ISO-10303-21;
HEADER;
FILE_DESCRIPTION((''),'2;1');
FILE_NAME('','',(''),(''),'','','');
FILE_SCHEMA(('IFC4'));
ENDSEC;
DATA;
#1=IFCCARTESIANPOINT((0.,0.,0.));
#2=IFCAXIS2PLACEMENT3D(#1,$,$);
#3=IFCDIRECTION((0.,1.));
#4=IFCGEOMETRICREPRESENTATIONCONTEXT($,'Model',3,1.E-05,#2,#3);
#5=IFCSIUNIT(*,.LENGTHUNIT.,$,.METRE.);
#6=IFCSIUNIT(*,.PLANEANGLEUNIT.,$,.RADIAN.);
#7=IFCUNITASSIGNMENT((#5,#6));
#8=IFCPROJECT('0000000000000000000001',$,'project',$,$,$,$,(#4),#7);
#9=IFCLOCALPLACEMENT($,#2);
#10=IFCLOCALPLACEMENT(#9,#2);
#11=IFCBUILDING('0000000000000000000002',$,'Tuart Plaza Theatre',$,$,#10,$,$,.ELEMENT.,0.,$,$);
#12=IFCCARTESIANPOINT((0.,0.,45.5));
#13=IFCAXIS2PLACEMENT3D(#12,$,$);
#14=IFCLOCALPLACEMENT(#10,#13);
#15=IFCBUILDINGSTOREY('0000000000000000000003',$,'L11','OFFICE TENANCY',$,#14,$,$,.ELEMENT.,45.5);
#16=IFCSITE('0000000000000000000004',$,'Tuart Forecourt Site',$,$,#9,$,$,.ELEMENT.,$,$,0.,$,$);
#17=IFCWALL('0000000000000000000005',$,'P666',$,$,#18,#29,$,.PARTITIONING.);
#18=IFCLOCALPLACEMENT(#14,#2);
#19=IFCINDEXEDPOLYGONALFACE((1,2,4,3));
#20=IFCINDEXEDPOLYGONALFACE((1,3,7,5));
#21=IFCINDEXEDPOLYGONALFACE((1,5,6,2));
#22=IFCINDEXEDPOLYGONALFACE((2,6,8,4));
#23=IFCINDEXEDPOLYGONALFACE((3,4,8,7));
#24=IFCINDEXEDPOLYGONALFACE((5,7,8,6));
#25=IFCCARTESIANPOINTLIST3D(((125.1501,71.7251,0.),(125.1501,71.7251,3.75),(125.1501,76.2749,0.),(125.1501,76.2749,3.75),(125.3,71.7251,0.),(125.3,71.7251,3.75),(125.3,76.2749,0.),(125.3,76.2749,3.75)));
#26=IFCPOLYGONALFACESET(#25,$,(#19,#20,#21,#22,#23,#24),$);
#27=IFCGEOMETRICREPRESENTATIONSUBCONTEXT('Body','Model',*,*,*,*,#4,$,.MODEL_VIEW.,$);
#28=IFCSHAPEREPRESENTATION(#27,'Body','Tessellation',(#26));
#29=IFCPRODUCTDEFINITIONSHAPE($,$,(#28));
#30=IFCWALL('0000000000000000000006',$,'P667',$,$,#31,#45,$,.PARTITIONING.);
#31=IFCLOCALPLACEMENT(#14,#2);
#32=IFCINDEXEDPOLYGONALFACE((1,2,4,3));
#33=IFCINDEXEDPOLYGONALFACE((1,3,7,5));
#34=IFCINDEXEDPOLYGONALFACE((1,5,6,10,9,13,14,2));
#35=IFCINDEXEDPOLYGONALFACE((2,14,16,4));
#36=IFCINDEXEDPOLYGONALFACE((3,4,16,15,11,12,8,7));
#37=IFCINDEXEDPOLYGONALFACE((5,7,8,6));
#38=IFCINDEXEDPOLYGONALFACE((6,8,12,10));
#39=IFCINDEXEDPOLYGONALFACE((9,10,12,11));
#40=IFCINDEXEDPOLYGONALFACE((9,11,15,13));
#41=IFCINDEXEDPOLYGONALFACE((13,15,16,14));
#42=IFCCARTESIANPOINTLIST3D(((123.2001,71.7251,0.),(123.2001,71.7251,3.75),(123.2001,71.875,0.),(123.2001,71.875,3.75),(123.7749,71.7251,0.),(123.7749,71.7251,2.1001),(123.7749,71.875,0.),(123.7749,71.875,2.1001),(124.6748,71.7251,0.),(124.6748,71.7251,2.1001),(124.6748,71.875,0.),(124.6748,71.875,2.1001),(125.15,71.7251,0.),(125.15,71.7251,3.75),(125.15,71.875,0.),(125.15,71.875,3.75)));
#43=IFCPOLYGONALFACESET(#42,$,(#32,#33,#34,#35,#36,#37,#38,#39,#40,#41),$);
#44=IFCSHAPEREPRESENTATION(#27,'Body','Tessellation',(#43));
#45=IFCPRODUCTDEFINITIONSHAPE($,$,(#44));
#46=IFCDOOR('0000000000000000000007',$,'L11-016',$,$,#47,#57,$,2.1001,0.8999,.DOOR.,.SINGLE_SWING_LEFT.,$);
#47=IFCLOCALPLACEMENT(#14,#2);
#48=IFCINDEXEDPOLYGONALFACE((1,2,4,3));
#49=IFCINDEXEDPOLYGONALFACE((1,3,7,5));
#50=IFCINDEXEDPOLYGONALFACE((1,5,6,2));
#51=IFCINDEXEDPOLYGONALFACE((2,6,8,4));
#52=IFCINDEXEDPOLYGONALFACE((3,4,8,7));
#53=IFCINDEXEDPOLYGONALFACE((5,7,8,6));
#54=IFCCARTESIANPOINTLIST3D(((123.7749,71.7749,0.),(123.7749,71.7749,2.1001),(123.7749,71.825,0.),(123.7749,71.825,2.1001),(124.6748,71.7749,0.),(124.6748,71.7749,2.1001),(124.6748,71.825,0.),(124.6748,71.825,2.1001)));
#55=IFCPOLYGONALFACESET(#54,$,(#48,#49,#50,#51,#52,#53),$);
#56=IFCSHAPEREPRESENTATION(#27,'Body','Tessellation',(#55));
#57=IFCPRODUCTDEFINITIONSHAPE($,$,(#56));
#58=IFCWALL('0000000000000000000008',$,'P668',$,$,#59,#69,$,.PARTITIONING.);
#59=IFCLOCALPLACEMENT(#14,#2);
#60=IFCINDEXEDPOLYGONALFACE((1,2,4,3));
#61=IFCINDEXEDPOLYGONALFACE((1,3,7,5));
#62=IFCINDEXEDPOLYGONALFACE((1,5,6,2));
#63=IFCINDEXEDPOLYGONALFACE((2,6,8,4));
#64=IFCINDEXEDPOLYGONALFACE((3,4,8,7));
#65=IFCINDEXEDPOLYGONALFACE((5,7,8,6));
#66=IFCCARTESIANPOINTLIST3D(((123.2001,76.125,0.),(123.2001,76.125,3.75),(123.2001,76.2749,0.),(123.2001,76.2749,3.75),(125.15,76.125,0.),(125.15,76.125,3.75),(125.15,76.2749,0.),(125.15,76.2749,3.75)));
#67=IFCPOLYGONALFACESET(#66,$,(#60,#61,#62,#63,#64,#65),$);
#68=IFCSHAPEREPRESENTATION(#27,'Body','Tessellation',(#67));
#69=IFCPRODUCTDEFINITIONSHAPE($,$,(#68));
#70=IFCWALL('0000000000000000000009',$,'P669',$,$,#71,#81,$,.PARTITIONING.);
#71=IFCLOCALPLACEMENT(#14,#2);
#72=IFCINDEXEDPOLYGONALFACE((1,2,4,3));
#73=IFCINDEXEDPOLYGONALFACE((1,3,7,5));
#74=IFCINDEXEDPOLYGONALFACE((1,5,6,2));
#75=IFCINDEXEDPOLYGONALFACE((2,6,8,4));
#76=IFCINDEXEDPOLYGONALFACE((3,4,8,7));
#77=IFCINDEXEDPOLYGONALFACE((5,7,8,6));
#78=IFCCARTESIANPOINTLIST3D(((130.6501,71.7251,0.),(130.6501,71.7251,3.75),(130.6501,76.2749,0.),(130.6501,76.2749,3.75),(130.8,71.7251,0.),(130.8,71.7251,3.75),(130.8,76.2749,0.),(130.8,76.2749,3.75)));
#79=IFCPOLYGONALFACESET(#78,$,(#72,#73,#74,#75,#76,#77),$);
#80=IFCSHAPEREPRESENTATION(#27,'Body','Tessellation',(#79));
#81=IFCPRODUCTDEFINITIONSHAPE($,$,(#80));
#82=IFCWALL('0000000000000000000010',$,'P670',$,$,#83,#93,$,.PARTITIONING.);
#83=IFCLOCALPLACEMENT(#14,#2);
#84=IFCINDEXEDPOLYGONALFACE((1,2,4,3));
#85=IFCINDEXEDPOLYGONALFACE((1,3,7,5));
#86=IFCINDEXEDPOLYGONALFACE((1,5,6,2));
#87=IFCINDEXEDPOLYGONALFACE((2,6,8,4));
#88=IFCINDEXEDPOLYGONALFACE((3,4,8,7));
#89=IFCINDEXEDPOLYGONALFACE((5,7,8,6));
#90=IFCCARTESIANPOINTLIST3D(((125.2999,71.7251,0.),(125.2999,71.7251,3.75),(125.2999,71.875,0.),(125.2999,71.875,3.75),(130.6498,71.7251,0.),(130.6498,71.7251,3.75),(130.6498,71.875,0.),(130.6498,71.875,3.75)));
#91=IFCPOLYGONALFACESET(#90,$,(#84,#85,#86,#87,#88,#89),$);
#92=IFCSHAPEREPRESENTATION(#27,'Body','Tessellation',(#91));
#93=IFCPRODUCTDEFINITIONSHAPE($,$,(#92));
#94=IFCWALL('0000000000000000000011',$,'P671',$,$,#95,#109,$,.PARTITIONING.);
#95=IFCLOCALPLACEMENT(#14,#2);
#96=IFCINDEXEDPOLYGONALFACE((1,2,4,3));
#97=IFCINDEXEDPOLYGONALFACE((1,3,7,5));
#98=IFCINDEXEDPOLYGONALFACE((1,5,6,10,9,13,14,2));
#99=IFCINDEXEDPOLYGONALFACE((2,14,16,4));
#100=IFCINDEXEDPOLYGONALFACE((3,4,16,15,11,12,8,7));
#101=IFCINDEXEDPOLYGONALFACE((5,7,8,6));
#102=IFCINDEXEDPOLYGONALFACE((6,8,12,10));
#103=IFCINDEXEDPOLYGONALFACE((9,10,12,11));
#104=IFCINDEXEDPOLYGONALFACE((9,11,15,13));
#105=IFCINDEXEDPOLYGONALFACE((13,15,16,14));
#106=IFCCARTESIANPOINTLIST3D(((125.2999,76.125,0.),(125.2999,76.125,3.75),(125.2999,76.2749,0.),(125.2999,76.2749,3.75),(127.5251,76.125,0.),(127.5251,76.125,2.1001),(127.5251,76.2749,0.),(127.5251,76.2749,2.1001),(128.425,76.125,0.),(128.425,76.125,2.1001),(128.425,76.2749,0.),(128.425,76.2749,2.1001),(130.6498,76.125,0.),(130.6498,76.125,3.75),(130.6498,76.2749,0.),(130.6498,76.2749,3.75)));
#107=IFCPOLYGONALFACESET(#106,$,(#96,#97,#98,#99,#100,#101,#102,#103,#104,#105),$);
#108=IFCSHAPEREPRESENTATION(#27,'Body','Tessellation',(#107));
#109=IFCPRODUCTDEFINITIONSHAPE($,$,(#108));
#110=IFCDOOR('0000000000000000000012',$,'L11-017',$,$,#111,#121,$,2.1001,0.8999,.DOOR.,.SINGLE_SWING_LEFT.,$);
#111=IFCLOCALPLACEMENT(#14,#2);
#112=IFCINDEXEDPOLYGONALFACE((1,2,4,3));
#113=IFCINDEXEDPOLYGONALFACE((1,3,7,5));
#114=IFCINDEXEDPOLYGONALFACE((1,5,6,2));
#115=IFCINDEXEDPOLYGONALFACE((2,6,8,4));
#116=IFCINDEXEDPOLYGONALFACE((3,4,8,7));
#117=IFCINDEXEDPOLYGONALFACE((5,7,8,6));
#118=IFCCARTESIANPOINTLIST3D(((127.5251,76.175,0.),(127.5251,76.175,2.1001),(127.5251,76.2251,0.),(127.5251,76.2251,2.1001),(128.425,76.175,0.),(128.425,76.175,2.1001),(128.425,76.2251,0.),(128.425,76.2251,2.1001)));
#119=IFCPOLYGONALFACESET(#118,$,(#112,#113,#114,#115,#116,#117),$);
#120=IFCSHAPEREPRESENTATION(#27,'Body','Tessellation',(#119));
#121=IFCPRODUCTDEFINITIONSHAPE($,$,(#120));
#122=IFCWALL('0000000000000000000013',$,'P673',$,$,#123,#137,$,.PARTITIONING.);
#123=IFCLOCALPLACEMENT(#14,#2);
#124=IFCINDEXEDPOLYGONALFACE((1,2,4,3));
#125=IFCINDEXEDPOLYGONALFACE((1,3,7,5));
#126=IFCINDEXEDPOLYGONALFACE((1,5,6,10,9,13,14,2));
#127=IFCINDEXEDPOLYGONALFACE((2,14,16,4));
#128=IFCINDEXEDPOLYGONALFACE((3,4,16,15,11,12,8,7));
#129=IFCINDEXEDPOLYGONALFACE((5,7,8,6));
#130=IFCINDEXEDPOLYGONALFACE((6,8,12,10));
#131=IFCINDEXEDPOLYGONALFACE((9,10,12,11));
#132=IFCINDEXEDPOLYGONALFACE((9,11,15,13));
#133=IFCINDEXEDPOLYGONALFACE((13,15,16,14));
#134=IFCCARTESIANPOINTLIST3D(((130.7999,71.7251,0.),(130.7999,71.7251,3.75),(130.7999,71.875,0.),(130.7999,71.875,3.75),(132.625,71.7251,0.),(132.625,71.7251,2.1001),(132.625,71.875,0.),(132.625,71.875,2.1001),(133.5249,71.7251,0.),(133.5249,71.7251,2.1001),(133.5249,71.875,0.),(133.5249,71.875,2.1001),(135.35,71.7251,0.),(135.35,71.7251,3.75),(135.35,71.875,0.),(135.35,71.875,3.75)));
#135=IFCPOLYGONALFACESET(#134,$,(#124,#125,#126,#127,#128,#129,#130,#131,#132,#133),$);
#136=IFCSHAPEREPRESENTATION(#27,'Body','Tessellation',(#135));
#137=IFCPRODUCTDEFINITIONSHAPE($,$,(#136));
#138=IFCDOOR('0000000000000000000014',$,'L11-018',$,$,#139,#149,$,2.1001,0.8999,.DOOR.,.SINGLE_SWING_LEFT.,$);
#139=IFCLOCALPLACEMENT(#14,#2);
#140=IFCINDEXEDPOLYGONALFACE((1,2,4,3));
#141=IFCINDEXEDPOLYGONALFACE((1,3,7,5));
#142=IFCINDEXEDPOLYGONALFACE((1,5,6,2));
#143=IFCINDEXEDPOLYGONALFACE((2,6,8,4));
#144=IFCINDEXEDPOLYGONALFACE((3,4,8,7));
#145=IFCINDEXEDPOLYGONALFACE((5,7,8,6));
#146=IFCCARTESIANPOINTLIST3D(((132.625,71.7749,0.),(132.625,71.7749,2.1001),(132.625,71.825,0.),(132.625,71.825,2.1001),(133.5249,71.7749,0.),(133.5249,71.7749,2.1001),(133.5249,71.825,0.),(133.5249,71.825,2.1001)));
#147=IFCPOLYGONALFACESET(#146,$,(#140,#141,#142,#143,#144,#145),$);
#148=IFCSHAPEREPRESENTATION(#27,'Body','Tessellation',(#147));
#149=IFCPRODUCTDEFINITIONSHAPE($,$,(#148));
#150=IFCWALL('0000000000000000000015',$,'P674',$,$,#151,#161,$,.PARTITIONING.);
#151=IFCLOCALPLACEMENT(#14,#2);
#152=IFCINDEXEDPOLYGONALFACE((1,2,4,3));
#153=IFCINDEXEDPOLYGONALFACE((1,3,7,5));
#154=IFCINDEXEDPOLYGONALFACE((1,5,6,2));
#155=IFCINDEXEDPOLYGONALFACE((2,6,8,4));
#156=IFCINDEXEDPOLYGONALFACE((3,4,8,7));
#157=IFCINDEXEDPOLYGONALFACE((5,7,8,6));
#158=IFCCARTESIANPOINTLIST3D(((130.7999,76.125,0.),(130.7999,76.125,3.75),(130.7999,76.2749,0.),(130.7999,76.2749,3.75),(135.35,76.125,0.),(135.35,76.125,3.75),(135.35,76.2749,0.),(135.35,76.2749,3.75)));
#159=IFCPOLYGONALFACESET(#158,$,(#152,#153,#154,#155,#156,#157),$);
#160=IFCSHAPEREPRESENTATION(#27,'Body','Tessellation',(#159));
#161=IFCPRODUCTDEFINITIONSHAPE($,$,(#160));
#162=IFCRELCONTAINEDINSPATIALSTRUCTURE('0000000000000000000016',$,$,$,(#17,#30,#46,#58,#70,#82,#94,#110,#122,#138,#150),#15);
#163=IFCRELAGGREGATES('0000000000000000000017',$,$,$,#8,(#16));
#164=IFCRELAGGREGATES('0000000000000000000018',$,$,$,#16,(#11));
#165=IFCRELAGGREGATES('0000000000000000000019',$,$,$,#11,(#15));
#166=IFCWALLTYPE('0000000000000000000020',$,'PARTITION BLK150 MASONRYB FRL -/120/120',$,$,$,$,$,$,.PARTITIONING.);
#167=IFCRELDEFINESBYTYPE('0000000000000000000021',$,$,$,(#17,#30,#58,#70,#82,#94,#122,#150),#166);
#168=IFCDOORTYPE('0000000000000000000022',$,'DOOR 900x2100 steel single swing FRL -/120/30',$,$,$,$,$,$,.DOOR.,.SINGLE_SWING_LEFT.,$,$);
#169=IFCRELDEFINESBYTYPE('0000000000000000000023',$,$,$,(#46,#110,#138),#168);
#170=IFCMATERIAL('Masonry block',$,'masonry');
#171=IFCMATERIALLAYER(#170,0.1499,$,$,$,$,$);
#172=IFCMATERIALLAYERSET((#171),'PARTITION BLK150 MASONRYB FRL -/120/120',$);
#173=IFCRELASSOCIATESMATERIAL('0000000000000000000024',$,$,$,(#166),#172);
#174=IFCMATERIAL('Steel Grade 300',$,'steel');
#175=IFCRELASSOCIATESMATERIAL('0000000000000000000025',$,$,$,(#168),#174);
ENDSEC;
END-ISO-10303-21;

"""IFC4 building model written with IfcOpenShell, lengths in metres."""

from ifc_helpers import new_model, si_unit, direction, frame, frame_2d, origin, place, context, subcontext, project, spatial, rectangle, extrude, material, layer, layer_set, type_object, element, fill, save


model = new_model("IFC4")

# Units and contexts
model_context = context("Model", 3, precision=1e-05, world=origin(), true_north=direction((0.0, 1.0)))
body_context = subcontext(model_context, "Body", "Model", "MODEL_VIEW")
ifc_project = project(units=[si_unit("LENGTHUNIT", "METRE"), si_unit("PLANEANGLEUNIT", "RADIAN")], contexts=[model_context])

# Site, building, storey
site_placement = place(None, origin())
site = spatial("IfcSite", under=ifc_project, at=site_placement, Name="Tuart Forecourt Site", CompositionType="ELEMENT", RefElevation=0.0)
building_placement = place(site_placement, origin())
building = spatial("IfcBuilding", under=site, at=building_placement, Name="Tuart Plaza Theatre", CompositionType="ELEMENT", ElevationOfRefHeight=0.0)
storey_placement = place(building_placement, frame((0.0, 0.0, 45.5)))
storey = spatial("IfcBuildingStorey", under=building, at=storey_placement, Name="L11", Description="OFFICE TENANCY", CompositionType="ELEMENT", Elevation=45.5)

# Wall
ifc_material_1 = material(Name="Masonry block", Category="masonry")
ifc_layer_1 = layer(ifc_material_1, 0.1499)
ifc_layer_set_1 = layer_set([ifc_layer_1], Name="PARTITION BLK150 MASONRYB FRL -/120/120")
wall_type_1 = type_object("IfcWallType", Name="PARTITION BLK150 MASONRYB FRL -/120/120", PredefinedType="PARTITIONING", material=ifc_layer_set_1)
wall_1_placement = place(storey_placement, frame((125.2251, 71.7251, 0.0), z_axis=(0.0, 0.0, 1.0), x_axis=(0.0, 1.0, 0.0)))
element("IfcWall", 1, at=wall_1_placement, inside=storey, type_object=wall_type_1, Name="P666", PredefinedType="PARTITIONING", context=body_context, shape_type="SweptSolid", body=[
    extrude(rectangle(XDim=4.5498, YDim=0.1499, at=frame_2d((2.2749, 0.0))), origin(), (0.0, 0.0, 1.0), 3.75),
])

# Wall, opening, door
wall_2_placement = place(storey_placement, frame((123.2, 71.8, 0.0), z_axis=(0.0, 0.0, 1.0), x_axis=(1.0, 0.0, 0.0)))
wall_2 = element("IfcWall", 2, at=wall_2_placement, inside=storey, type_object=wall_type_1, Name="P667", PredefinedType="PARTITIONING", context=body_context, shape_type="SweptSolid", body=[
    extrude(rectangle(XDim=1.95, YDim=0.1499, at=frame_2d((0.9751, 0.0))), origin(), (0.0, 0.0, 1.0), 3.75),
])
opening_1_placement = place(wall_2_placement, frame((0.575, 0.0, 0.0)))
opening_1 = element("IfcOpeningElement", 3, at=opening_1_placement, cuts=wall_2, PredefinedType="OPENING", context=body_context, shape_type="SweptSolid", body=[
    extrude(rectangle(XDim=0.8999, YDim=2.1001, at=frame_2d((0.45, 1.05))), frame((0.0, 0.085, 0.0), z_axis=(0.0, -1.0, 0.0), x_axis=(1.0, 0.0, 0.0)), (0.0, 0.0, 1.0), 0.1699),
])
ifc_material_2 = material(Name="Steel Grade 300", Category="steel")
door_type_1 = type_object("IfcDoorType", Name="DOOR 900x2100 steel single swing FRL -/120/30", OperationType="SINGLE_SWING_LEFT", PredefinedType="DOOR", material=ifc_material_2)
door_1_placement = place(opening_1_placement, origin())
door_1 = element("IfcDoor", 4, at=door_1_placement, inside=storey, type_object=door_type_1, Name="L11-016", OperationType="SINGLE_SWING_LEFT", OverallHeight=2.1001, OverallWidth=0.8999, PredefinedType="DOOR", context=body_context, shape_type="SweptSolid", body=[
    extrude(rectangle(XDim=0.8999, YDim=2.1001, at=frame_2d((0.45, 1.05))), frame((0.0, 0.0249, 0.0), z_axis=(0.0, -1.0, 0.0), x_axis=(1.0, 0.0, 0.0)), (0.0, 0.0, 1.0), 0.05),
])
fill(opening_1, door_1)

# Walls
wall_3_placement = place(storey_placement, frame((123.2, 76.2, 0.0), z_axis=(0.0, 0.0, 1.0), x_axis=(1.0, 0.0, 0.0)))
element("IfcWall", 5, at=wall_3_placement, inside=storey, type_object=wall_type_1, Name="P668", PredefinedType="PARTITIONING", context=body_context, shape_type="SweptSolid", body=[
    extrude(rectangle(XDim=1.95, YDim=0.1499, at=frame_2d((0.9751, 0.0))), origin(), (0.0, 0.0, 1.0), 3.75),
])
wall_4_placement = place(storey_placement, frame((130.7251, 71.7251, 0.0), z_axis=(0.0, 0.0, 1.0), x_axis=(0.0, 1.0, 0.0)))
element("IfcWall", 6, at=wall_4_placement, inside=storey, type_object=wall_type_1, Name="P669", PredefinedType="PARTITIONING", context=body_context, shape_type="SweptSolid", body=[
    extrude(rectangle(XDim=4.5498, YDim=0.1499, at=frame_2d((2.2749, 0.0))), origin(), (0.0, 0.0, 1.0), 3.75),
])
wall_5_placement = place(storey_placement, frame((125.3, 71.8, 0.0), z_axis=(0.0, 0.0, 1.0), x_axis=(1.0, 0.0, 0.0)))
element("IfcWall", 7, at=wall_5_placement, inside=storey, type_object=wall_type_1, Name="P670", PredefinedType="PARTITIONING", context=body_context, shape_type="SweptSolid", body=[
    extrude(rectangle(XDim=5.3499, YDim=0.1499, at=frame_2d((2.6748, 0.0))), origin(), (0.0, 0.0, 1.0), 3.75),
])

# Walls, openings, doors
wall_6_placement = place(storey_placement, frame((125.3, 76.2, 0.0), z_axis=(0.0, 0.0, 1.0), x_axis=(1.0, 0.0, 0.0)))
wall_6 = element("IfcWall", 8, at=wall_6_placement, inside=storey, type_object=wall_type_1, Name="P671", PredefinedType="PARTITIONING", context=body_context, shape_type="SweptSolid", body=[
    extrude(rectangle(XDim=5.3499, YDim=0.1499, at=frame_2d((2.6748, 0.0))), origin(), (0.0, 0.0, 1.0), 3.75),
])
opening_2_placement = place(wall_6_placement, frame((2.2251, 0.0, 0.0)))
opening_2 = element("IfcOpeningElement", 9, at=opening_2_placement, cuts=wall_6, PredefinedType="OPENING", context=body_context, shape_type="SweptSolid", body=[
    extrude(rectangle(XDim=0.8999, YDim=2.1001, at=frame_2d((0.45, 1.05))), frame((0.0, 0.085, 0.0), z_axis=(0.0, -1.0, 0.0), x_axis=(1.0, 0.0, 0.0)), (0.0, 0.0, 1.0), 0.1699),
])
door_2_placement = place(opening_2_placement, frame((0.8999, 0.0, 0.0), z_axis=(0.0, 0.0, 1.0), x_axis=(-1.0, 0.0, 0.0)))
door_2 = element("IfcDoor", 10, at=door_2_placement, inside=storey, type_object=door_type_1, Name="L11-017", OperationType="SINGLE_SWING_LEFT", OverallHeight=2.1001, OverallWidth=0.8999, PredefinedType="DOOR", context=body_context, shape_type="SweptSolid", body=[
    extrude(rectangle(XDim=0.8999, YDim=2.1001, at=frame_2d((0.45, 1.05))), frame((0.0, 0.0249, 0.0), z_axis=(0.0, -1.0, 0.0), x_axis=(1.0, 0.0, 0.0)), (0.0, 0.0, 1.0), 0.05),
])
fill(opening_2, door_2)
wall_7_placement = place(storey_placement, frame((130.8, 71.8, 0.0), z_axis=(0.0, 0.0, 1.0), x_axis=(1.0, 0.0, 0.0)))
wall_7 = element("IfcWall", 11, at=wall_7_placement, inside=storey, type_object=wall_type_1, Name="P673", PredefinedType="PARTITIONING", context=body_context, shape_type="SweptSolid", body=[
    extrude(rectangle(XDim=4.55, YDim=0.1499, at=frame_2d((2.2749, 0.0))), origin(), (0.0, 0.0, 1.0), 3.75),
])
opening_3_placement = place(wall_7_placement, frame((1.825, 0.0, 0.0)))
opening_3 = element("IfcOpeningElement", 12, at=opening_3_placement, cuts=wall_7, PredefinedType="OPENING", context=body_context, shape_type="SweptSolid", body=[
    extrude(rectangle(XDim=0.8999, YDim=2.1001, at=frame_2d((0.45, 1.05))), frame((0.0, 0.085, 0.0), z_axis=(0.0, -1.0, 0.0), x_axis=(1.0, 0.0, 0.0)), (0.0, 0.0, 1.0), 0.1699),
])
door_3_placement = place(opening_3_placement, origin())
door_3 = element("IfcDoor", 13, at=door_3_placement, inside=storey, type_object=door_type_1, Name="L11-018", OperationType="SINGLE_SWING_LEFT", OverallHeight=2.1001, OverallWidth=0.8999, PredefinedType="DOOR", context=body_context, shape_type="SweptSolid", body=[
    extrude(rectangle(XDim=0.8999, YDim=2.1001, at=frame_2d((0.45, 1.05))), frame((0.0, 0.0249, 0.0), z_axis=(0.0, -1.0, 0.0), x_axis=(1.0, 0.0, 0.0)), (0.0, 0.0, 1.0), 0.05),
])
fill(opening_3, door_3)

# Wall
wall_8_placement = place(storey_placement, frame((130.8, 76.2, 0.0), z_axis=(0.0, 0.0, 1.0), x_axis=(1.0, 0.0, 0.0)))
element("IfcWall", 14, at=wall_8_placement, inside=storey, type_object=wall_type_1, Name="P674", PredefinedType="PARTITIONING", context=body_context, shape_type="SweptSolid", body=[
    extrude(rectangle(XDim=4.55, YDim=0.1499, at=frame_2d((2.2749, 0.0))), origin(), (0.0, 0.0, 1.0), 3.75),
])

save(model, "model.ifc")
